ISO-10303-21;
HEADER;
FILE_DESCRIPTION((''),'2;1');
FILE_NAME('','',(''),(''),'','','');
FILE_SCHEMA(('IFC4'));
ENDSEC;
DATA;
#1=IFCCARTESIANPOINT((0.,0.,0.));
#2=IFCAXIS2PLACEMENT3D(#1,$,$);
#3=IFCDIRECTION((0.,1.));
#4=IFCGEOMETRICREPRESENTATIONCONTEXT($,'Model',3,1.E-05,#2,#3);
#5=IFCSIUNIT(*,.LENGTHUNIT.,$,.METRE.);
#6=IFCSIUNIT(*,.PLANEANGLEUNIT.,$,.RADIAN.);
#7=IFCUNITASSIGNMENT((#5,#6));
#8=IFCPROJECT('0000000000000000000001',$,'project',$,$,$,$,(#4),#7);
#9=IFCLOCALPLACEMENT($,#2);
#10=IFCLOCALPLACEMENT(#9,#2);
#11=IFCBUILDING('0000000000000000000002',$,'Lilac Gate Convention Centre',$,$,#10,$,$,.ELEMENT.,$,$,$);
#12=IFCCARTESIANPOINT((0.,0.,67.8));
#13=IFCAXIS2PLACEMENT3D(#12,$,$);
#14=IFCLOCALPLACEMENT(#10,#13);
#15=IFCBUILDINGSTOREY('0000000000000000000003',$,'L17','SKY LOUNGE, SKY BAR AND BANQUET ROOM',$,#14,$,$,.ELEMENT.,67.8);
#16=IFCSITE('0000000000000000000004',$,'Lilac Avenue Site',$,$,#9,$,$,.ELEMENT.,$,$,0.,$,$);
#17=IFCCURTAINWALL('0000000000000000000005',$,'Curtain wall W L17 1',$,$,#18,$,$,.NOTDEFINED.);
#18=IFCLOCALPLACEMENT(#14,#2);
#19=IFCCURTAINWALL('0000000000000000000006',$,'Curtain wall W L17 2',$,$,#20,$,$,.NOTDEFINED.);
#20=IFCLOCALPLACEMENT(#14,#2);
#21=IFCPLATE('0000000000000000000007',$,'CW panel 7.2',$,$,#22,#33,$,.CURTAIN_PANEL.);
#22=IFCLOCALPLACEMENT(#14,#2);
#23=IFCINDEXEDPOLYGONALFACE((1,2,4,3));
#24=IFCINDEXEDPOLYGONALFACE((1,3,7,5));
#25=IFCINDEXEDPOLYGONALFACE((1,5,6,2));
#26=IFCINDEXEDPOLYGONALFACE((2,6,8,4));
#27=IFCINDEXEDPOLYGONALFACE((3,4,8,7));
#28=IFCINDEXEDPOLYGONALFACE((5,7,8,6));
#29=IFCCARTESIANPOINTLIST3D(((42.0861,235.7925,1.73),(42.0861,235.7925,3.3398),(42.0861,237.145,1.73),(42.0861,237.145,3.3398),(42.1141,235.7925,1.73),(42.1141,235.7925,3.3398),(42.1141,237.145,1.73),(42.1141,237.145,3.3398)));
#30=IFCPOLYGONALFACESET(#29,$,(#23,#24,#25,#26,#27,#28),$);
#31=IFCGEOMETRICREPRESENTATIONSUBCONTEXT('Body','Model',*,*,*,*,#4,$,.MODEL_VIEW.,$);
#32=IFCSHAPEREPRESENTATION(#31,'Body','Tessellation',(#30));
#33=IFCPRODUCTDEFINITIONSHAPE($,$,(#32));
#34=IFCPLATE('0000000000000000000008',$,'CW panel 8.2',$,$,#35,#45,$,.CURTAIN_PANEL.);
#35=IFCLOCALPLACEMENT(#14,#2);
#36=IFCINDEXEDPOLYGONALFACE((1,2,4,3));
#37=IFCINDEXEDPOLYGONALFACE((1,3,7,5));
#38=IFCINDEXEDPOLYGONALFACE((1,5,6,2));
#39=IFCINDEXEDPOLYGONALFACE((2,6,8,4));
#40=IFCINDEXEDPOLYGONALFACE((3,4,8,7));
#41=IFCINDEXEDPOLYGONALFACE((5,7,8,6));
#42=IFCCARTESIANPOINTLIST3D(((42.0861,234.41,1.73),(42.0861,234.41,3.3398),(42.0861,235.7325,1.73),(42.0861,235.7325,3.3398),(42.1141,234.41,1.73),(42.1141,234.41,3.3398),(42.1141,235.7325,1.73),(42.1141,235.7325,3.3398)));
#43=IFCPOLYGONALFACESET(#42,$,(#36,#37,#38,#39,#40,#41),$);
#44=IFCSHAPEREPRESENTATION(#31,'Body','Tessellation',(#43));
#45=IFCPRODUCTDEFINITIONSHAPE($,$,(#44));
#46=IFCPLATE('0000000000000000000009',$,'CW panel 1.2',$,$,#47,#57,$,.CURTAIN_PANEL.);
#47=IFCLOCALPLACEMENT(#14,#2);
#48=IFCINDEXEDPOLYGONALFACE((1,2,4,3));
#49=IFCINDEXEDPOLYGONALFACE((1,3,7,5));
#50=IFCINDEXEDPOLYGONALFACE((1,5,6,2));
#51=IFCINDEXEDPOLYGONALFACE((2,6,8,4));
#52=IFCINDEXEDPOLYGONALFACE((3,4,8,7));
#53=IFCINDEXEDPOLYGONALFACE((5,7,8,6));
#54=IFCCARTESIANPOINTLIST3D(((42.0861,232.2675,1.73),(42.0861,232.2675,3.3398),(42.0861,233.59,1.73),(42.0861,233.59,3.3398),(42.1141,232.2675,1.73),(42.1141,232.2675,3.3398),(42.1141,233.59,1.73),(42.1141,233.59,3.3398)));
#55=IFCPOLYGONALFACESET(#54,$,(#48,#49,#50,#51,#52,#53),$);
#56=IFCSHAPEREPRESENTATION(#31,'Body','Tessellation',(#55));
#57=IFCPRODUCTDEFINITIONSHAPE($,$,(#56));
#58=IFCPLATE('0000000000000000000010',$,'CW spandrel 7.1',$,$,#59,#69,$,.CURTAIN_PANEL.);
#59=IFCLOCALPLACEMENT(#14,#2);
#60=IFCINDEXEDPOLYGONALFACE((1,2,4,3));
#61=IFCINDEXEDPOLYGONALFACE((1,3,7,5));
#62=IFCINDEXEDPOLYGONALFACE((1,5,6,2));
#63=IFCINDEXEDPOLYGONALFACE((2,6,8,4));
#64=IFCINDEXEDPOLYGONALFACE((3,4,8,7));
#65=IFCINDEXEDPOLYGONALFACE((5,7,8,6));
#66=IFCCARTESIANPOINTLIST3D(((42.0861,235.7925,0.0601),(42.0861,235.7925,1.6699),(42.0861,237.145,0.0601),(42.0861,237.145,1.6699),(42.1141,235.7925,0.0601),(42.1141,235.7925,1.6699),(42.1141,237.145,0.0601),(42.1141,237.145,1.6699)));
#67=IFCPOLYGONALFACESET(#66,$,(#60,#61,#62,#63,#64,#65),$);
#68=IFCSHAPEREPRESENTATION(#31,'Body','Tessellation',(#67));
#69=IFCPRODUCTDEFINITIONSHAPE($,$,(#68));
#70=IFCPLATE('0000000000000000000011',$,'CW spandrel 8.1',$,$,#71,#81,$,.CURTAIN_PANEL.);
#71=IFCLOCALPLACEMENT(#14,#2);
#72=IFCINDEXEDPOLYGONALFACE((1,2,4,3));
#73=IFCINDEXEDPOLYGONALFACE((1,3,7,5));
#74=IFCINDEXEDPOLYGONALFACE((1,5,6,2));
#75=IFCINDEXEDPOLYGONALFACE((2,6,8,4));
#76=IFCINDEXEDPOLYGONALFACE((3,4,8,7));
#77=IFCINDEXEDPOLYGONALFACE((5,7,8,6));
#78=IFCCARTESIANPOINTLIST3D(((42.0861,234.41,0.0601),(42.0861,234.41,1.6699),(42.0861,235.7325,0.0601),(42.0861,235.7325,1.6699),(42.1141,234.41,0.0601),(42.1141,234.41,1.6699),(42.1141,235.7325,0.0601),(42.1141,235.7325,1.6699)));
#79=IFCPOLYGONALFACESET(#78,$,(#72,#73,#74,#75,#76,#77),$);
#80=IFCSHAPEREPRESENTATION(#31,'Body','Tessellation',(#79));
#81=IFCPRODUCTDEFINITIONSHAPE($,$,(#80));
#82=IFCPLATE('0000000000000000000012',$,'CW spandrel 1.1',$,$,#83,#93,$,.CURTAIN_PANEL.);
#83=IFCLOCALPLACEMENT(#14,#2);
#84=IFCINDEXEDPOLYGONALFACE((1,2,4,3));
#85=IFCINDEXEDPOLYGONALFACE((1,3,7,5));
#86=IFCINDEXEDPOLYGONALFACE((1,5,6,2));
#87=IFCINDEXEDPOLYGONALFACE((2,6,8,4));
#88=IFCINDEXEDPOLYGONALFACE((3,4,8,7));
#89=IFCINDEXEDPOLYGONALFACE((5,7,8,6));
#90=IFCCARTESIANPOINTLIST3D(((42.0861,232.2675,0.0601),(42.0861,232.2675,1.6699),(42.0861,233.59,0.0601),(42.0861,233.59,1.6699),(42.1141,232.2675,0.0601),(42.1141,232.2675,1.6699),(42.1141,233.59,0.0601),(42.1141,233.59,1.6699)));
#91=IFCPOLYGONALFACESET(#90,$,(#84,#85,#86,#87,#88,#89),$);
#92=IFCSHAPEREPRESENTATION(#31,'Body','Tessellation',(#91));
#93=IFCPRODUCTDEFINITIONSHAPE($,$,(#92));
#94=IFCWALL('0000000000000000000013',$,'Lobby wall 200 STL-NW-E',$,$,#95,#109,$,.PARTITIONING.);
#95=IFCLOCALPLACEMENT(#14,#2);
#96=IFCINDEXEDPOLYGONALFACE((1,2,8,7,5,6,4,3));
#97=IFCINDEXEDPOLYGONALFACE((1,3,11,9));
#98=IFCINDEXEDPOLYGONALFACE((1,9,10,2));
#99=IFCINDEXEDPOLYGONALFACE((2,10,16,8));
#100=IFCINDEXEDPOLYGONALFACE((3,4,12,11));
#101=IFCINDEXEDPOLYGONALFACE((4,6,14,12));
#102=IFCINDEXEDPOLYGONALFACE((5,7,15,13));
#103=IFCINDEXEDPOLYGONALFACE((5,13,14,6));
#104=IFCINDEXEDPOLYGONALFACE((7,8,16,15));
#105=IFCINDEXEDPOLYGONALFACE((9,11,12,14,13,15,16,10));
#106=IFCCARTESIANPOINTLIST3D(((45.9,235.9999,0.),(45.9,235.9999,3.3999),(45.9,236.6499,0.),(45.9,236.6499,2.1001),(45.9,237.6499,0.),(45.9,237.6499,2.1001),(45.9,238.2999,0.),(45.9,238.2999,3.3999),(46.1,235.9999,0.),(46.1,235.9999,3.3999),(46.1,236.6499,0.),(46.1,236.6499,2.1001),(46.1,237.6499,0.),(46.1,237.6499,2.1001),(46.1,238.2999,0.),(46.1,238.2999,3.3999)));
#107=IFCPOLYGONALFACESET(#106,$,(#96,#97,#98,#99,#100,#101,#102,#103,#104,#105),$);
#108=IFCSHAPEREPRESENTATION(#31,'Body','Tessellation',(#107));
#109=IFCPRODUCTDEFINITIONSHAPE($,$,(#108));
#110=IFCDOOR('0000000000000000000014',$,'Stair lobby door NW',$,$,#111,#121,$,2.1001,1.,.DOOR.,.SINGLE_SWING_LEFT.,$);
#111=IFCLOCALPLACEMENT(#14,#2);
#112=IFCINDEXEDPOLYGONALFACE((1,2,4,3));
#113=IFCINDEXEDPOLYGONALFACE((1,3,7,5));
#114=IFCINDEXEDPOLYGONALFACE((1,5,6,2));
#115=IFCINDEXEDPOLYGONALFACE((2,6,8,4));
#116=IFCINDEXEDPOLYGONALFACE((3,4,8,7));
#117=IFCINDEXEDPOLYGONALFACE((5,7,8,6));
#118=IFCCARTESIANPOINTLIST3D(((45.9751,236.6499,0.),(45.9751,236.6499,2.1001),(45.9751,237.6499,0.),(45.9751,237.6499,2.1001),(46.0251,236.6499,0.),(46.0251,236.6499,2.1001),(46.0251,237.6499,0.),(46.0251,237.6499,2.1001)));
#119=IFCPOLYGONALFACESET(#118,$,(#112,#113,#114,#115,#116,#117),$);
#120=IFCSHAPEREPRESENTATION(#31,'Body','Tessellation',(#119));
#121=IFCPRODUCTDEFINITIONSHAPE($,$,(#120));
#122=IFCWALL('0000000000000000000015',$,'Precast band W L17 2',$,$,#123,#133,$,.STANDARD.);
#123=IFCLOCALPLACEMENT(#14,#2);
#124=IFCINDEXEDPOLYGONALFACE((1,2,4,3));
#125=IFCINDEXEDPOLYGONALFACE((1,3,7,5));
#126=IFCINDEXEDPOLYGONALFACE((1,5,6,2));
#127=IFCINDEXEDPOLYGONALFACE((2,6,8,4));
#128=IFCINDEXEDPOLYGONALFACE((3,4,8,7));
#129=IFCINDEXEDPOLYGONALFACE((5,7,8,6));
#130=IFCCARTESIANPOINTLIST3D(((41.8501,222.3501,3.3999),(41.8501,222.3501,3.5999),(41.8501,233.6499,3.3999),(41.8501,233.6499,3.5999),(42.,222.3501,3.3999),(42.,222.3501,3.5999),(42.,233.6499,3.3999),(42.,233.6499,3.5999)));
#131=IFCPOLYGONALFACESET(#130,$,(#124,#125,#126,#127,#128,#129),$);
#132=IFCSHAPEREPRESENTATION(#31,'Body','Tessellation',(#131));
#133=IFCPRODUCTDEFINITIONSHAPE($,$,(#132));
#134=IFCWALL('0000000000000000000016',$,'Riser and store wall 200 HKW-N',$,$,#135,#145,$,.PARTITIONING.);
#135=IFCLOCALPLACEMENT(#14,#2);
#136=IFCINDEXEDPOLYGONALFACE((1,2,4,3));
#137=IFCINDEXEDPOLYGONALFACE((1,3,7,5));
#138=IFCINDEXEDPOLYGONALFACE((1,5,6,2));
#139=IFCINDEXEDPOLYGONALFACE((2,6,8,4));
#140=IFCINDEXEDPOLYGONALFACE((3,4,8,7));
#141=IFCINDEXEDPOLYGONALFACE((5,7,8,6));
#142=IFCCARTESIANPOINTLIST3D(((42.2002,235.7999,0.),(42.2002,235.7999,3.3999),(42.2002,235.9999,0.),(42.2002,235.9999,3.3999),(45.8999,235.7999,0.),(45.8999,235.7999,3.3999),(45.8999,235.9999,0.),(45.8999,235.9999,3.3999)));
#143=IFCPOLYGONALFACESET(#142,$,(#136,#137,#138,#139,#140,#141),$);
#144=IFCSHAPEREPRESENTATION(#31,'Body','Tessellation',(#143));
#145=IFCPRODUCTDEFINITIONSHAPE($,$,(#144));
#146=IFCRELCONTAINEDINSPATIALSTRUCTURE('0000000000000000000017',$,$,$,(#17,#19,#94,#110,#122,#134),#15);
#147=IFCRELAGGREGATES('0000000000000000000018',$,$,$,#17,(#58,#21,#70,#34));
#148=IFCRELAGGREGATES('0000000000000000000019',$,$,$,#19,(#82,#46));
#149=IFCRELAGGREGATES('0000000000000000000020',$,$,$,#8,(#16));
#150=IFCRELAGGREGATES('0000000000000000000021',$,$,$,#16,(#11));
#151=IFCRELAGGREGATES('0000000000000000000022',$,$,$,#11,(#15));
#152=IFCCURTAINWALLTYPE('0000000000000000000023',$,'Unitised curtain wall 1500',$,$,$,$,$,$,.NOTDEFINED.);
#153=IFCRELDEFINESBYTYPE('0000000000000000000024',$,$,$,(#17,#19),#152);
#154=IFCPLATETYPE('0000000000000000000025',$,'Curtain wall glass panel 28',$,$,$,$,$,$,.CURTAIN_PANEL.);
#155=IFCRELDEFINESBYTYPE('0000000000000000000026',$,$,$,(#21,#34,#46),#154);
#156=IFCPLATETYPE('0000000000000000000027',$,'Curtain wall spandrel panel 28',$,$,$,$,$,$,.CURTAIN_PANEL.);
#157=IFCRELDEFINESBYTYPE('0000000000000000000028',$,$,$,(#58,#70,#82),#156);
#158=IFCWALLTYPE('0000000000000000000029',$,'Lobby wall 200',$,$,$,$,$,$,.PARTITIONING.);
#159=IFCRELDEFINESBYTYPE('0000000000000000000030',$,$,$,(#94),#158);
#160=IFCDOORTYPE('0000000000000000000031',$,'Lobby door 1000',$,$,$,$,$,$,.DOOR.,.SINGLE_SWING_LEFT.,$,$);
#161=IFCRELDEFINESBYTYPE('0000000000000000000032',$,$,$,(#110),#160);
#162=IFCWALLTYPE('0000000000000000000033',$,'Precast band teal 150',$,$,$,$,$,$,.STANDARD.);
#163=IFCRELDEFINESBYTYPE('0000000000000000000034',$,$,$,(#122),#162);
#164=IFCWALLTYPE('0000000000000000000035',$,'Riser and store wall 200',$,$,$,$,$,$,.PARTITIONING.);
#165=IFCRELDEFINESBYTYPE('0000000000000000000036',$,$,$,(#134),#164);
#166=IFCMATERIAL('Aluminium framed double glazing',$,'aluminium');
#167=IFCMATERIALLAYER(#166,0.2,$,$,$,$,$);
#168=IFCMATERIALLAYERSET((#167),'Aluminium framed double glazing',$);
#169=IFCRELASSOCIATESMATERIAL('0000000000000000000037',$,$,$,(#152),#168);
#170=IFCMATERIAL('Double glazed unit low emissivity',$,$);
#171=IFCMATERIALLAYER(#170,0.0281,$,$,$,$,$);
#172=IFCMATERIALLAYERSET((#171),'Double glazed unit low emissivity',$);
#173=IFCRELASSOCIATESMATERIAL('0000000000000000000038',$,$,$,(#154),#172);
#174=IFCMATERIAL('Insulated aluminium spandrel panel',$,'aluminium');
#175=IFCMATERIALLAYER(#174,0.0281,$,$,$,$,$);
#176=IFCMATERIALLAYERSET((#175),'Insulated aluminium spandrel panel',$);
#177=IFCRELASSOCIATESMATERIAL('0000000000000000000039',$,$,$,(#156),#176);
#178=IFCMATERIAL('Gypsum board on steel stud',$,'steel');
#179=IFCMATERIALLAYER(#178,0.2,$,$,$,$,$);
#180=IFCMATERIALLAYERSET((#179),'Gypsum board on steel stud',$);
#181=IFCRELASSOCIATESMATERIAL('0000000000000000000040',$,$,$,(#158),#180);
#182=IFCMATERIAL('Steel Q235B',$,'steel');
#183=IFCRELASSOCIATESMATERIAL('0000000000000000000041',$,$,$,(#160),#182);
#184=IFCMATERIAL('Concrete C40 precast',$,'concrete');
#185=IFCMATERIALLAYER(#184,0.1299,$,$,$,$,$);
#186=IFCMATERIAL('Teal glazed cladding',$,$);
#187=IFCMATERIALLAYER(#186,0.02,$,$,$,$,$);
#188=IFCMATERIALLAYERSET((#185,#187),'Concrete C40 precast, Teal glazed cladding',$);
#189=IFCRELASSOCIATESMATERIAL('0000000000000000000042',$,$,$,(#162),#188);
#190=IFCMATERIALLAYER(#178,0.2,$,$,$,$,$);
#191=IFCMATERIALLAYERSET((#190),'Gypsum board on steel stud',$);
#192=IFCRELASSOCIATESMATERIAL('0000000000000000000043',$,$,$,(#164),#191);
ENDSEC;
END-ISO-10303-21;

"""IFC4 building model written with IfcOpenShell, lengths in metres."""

from ifc_helpers import new_model, si_unit, direction, frame, frame_2d, origin, origin_2d, place, context, subcontext, project, spatial, rectangle, extrude, material, layer, layer_set, type_object, element, fill, aggregate, save


model = new_model("IFC4")

# Units and contexts
model_context = context("Model", 3, precision=1e-05, world=origin(), true_north=direction((0.0, 1.0)))
body_context = subcontext(model_context, "Body", "Model", "MODEL_VIEW")
ifc_project = project(units=[si_unit("LENGTHUNIT", "METRE"), si_unit("PLANEANGLEUNIT", "RADIAN")], contexts=[model_context])

# Site, building, storey
site_placement = place(None, origin())
site = spatial("IfcSite", under=ifc_project, at=site_placement, Name="Lilac Avenue Site", CompositionType="ELEMENT", RefElevation=0.0)
building_placement = place(site_placement, origin())
building = spatial("IfcBuilding", under=site, at=building_placement, Name="Lilac Gate Convention Centre", CompositionType="ELEMENT")
storey_placement = place(building_placement, frame((0.0, 0.0, 67.8)))
storey = spatial("IfcBuildingStorey", under=building, at=storey_placement, Name="L17", Description="SKY LOUNGE, SKY BAR AND BANQUET ROOM", CompositionType="ELEMENT", Elevation=67.8)

# Curtain wall
ifc_material_1 = material(Name="Aluminium framed double glazing", Category="aluminium")
ifc_layer_1 = layer(ifc_material_1, 0.2)
ifc_layer_set_1 = layer_set([ifc_layer_1], Name="Aluminium framed double glazing")
curtain_wall_type = type_object("IfcCurtainWallType", Name="Unitised curtain wall 1500", PredefinedType="NOTDEFINED", material=ifc_layer_set_1)
curtain_wall_1_placement = place(storey_placement, origin())
curtain_wall_1 = element("IfcCurtainWall", 1, at=curtain_wall_1_placement, inside=storey, type_object=curtain_wall_type, Name="Curtain wall W L17 1", PredefinedType="NOTDEFINED")

# Curtain wall
curtain_wall_2_placement = place(storey_placement, origin())
curtain_wall_2 = element("IfcCurtainWall", 2, at=curtain_wall_2_placement, inside=storey, type_object=curtain_wall_type, Name="Curtain wall W L17 2", PredefinedType="NOTDEFINED")

# Plates
ifc_material_2 = material(Name="Double glazed unit low emissivity")
ifc_layer_2 = layer(ifc_material_2, 0.0281)
ifc_layer_set_2 = layer_set([ifc_layer_2], Name="Double glazed unit low emissivity")
plate_type_1 = type_object("IfcPlateType", Name="Curtain wall glass panel 28", PredefinedType="CURTAIN_PANEL", material=ifc_layer_set_2)
plate_1_placement = place(storey_placement, frame((42.1001, 236.4688, 1.73), z_axis=(0.0, 0.0, 1.0), x_axis=(0.0, -1.0, 0.0)))
plate_1 = element("IfcPlate", 3, at=plate_1_placement, type_object=plate_type_1, Name="CW panel 7.2", PredefinedType="CURTAIN_PANEL", context=body_context, shape_type="SweptSolid", body=[
    extrude(rectangle(XDim=1.3525, YDim=0.0281, at=origin_2d()), origin(), (0.0, 0.0, 1.0), 1.6099),
])
plate_2_placement = place(storey_placement, frame((42.1001, 235.0713, 1.73), z_axis=(0.0, 0.0, 1.0), x_axis=(0.0, -1.0, 0.0)))
plate_2 = element("IfcPlate", 4, at=plate_2_placement, type_object=plate_type_1, Name="CW panel 8.2", PredefinedType="CURTAIN_PANEL", context=body_context, shape_type="SweptSolid", body=[
    extrude(rectangle(XDim=1.3225, YDim=0.0281, at=origin_2d()), origin(), (0.0, 0.0, 1.0), 1.6099),
])
plate_3_placement = place(storey_placement, frame((42.1001, 232.9287, 1.73), z_axis=(0.0, 0.0, 1.0), x_axis=(0.0, -1.0, 0.0)))
plate_3 = element("IfcPlate", 5, at=plate_3_placement, type_object=plate_type_1, Name="CW panel 1.2", PredefinedType="CURTAIN_PANEL", context=body_context, shape_type="SweptSolid", body=[
    extrude(rectangle(XDim=1.3225, YDim=0.0281, at=origin_2d()), origin(), (0.0, 0.0, 1.0), 1.6099),
])
ifc_material_3 = material(Name="Insulated aluminium spandrel panel", Category="aluminium")
ifc_layer_3 = layer(ifc_material_3, 0.0281)
ifc_layer_set_3 = layer_set([ifc_layer_3], Name="Insulated aluminium spandrel panel")
plate_type_2 = type_object("IfcPlateType", Name="Curtain wall spandrel panel 28", PredefinedType="CURTAIN_PANEL", material=ifc_layer_set_3)
plate_4_placement = place(storey_placement, frame((42.1001, 236.4688, 0.0601), z_axis=(0.0, 0.0, 1.0), x_axis=(0.0, -1.0, 0.0)))
plate_4 = element("IfcPlate", 6, at=plate_4_placement, type_object=plate_type_2, Name="CW spandrel 7.1", PredefinedType="CURTAIN_PANEL", context=body_context, shape_type="SweptSolid", body=[
    extrude(rectangle(XDim=1.3525, YDim=0.0281, at=origin_2d()), origin(), (0.0, 0.0, 1.0), 1.6099),
])
plate_5_placement = place(storey_placement, frame((42.1001, 235.0713, 0.0601), z_axis=(0.0, 0.0, 1.0), x_axis=(0.0, -1.0, 0.0)))
plate_5 = element("IfcPlate", 7, at=plate_5_placement, type_object=plate_type_2, Name="CW spandrel 8.1", PredefinedType="CURTAIN_PANEL", context=body_context, shape_type="SweptSolid", body=[
    extrude(rectangle(XDim=1.3225, YDim=0.0281, at=origin_2d()), origin(), (0.0, 0.0, 1.0), 1.6099),
])
aggregate(curtain_wall_1, [plate_4, plate_1, plate_5, plate_2])
plate_6_placement = place(storey_placement, frame((42.1001, 232.9287, 0.0601), z_axis=(0.0, 0.0, 1.0), x_axis=(0.0, -1.0, 0.0)))
plate_6 = element("IfcPlate", 8, at=plate_6_placement, type_object=plate_type_2, Name="CW spandrel 1.1", PredefinedType="CURTAIN_PANEL", context=body_context, shape_type="SweptSolid", body=[
    extrude(rectangle(XDim=1.3225, YDim=0.0281, at=origin_2d()), origin(), (0.0, 0.0, 1.0), 1.6099),
])
aggregate(curtain_wall_2, [plate_6, plate_3])

# Wall, opening, door
ifc_material_4 = material(Name="Gypsum board on steel stud", Category="steel")
ifc_layer_4 = layer(ifc_material_4, 0.2)
ifc_layer_set_4 = layer_set([ifc_layer_4], Name="Gypsum board on steel stud")
wall_type_1 = type_object("IfcWallType", Name="Lobby wall 200", PredefinedType="PARTITIONING", material=ifc_layer_set_4)
wall_1_placement = place(storey_placement, frame((46.0, 236.0, 0.0), z_axis=(0.0, 0.0, 1.0), x_axis=(0.0, 1.0, 0.0)))
wall_1 = element("IfcWall", 9, at=wall_1_placement, inside=storey, type_object=wall_type_1, Name="Lobby wall 200 STL-NW-E", PredefinedType="PARTITIONING", context=body_context, shape_type="SweptSolid", body=[
    extrude(rectangle(XDim=2.3, YDim=0.2, at=frame_2d((1.1499, 0.0))), origin(), (0.0, 0.0, 1.0), 3.3999),
])
opening_placement = place(wall_1_placement, frame((0.6499, 0.0, 0.0)))
opening = element("IfcOpeningElement", 10, at=opening_placement, cuts=wall_1, PredefinedType="OPENING", context=body_context, shape_type="SweptSolid", body=[
    extrude(rectangle(XDim=1.0, YDim=2.1001, at=frame_2d((0.5, 1.05))), frame((0.0, 0.1099, 0.0), z_axis=(0.0, -1.0, 0.0), x_axis=(1.0, 0.0, 0.0)), (0.0, 0.0, 1.0), 0.22),
])
ifc_material_5 = material(Name="Steel Q235B", Category="steel")
door_type = type_object("IfcDoorType", Name="Lobby door 1000", OperationType="SINGLE_SWING_LEFT", PredefinedType="DOOR", material=ifc_material_5)
door_placement = place(opening_placement, origin())
door = element("IfcDoor", 11, at=door_placement, inside=storey, type_object=door_type, Name="Stair lobby door NW", OperationType="SINGLE_SWING_LEFT", OverallHeight=2.1001, OverallWidth=1.0, PredefinedType="DOOR", context=body_context, shape_type="SweptSolid", body=[
    extrude(rectangle(XDim=1.0, YDim=2.1001, at=frame_2d((0.5, 1.05))), frame((0.0, 0.0249, 0.0), z_axis=(0.0, -1.0, 0.0), x_axis=(1.0, 0.0, 0.0)), (0.0, 0.0, 1.0), 0.05),
])
fill(opening, door)

# Walls
ifc_material_6 = material(Name="Concrete C40 precast", Category="concrete")
ifc_layer_5 = layer(ifc_material_6, 0.1299)
ifc_material_7 = material(Name="Teal glazed cladding")
ifc_layer_6 = layer(ifc_material_7, 0.02)
ifc_layer_set_5 = layer_set([ifc_layer_5, ifc_layer_6], Name="Concrete C40 precast, Teal glazed cladding")
wall_type_2 = type_object("IfcWallType", Name="Precast band teal 150", PredefinedType="STANDARD", material=ifc_layer_set_5)
wall_2_placement = place(storey_placement, frame((41.925, 233.6499, 3.3999), z_axis=(0.0, 0.0, 1.0), x_axis=(0.0, -1.0, 0.0)))
element("IfcWall", 12, at=wall_2_placement, inside=storey, type_object=wall_type_2, Name="Precast band W L17 2", PredefinedType="STANDARD", context=body_context, shape_type="SweptSolid", body=[
    extrude(rectangle(XDim=11.2998, YDim=0.1499, at=frame_2d((5.6499, 0.0))), origin(), (0.0, 0.0, 1.0), 0.2),
])
ifc_layer_7 = layer(ifc_material_4, 0.2)
ifc_layer_set_6 = layer_set([ifc_layer_7], Name="Gypsum board on steel stud")
wall_type_3 = type_object("IfcWallType", Name="Riser and store wall 200", PredefinedType="PARTITIONING", material=ifc_layer_set_6)
wall_3_placement = place(storey_placement, frame((42.2002, 235.8999, 0.0), z_axis=(0.0, 0.0, 1.0), x_axis=(1.0, 0.0, 0.0)))
element("IfcWall", 13, at=wall_3_placement, inside=storey, type_object=wall_type_3, Name="Riser and store wall 200 HKW-N", PredefinedType="PARTITIONING", context=body_context, shape_type="SweptSolid", body=[
    extrude(rectangle(XDim=3.6997, YDim=0.2, at=frame_2d((1.8499, 0.0))), origin(), (0.0, 0.0, 1.0), 3.3999),
])

save(model, "model.ifc")
